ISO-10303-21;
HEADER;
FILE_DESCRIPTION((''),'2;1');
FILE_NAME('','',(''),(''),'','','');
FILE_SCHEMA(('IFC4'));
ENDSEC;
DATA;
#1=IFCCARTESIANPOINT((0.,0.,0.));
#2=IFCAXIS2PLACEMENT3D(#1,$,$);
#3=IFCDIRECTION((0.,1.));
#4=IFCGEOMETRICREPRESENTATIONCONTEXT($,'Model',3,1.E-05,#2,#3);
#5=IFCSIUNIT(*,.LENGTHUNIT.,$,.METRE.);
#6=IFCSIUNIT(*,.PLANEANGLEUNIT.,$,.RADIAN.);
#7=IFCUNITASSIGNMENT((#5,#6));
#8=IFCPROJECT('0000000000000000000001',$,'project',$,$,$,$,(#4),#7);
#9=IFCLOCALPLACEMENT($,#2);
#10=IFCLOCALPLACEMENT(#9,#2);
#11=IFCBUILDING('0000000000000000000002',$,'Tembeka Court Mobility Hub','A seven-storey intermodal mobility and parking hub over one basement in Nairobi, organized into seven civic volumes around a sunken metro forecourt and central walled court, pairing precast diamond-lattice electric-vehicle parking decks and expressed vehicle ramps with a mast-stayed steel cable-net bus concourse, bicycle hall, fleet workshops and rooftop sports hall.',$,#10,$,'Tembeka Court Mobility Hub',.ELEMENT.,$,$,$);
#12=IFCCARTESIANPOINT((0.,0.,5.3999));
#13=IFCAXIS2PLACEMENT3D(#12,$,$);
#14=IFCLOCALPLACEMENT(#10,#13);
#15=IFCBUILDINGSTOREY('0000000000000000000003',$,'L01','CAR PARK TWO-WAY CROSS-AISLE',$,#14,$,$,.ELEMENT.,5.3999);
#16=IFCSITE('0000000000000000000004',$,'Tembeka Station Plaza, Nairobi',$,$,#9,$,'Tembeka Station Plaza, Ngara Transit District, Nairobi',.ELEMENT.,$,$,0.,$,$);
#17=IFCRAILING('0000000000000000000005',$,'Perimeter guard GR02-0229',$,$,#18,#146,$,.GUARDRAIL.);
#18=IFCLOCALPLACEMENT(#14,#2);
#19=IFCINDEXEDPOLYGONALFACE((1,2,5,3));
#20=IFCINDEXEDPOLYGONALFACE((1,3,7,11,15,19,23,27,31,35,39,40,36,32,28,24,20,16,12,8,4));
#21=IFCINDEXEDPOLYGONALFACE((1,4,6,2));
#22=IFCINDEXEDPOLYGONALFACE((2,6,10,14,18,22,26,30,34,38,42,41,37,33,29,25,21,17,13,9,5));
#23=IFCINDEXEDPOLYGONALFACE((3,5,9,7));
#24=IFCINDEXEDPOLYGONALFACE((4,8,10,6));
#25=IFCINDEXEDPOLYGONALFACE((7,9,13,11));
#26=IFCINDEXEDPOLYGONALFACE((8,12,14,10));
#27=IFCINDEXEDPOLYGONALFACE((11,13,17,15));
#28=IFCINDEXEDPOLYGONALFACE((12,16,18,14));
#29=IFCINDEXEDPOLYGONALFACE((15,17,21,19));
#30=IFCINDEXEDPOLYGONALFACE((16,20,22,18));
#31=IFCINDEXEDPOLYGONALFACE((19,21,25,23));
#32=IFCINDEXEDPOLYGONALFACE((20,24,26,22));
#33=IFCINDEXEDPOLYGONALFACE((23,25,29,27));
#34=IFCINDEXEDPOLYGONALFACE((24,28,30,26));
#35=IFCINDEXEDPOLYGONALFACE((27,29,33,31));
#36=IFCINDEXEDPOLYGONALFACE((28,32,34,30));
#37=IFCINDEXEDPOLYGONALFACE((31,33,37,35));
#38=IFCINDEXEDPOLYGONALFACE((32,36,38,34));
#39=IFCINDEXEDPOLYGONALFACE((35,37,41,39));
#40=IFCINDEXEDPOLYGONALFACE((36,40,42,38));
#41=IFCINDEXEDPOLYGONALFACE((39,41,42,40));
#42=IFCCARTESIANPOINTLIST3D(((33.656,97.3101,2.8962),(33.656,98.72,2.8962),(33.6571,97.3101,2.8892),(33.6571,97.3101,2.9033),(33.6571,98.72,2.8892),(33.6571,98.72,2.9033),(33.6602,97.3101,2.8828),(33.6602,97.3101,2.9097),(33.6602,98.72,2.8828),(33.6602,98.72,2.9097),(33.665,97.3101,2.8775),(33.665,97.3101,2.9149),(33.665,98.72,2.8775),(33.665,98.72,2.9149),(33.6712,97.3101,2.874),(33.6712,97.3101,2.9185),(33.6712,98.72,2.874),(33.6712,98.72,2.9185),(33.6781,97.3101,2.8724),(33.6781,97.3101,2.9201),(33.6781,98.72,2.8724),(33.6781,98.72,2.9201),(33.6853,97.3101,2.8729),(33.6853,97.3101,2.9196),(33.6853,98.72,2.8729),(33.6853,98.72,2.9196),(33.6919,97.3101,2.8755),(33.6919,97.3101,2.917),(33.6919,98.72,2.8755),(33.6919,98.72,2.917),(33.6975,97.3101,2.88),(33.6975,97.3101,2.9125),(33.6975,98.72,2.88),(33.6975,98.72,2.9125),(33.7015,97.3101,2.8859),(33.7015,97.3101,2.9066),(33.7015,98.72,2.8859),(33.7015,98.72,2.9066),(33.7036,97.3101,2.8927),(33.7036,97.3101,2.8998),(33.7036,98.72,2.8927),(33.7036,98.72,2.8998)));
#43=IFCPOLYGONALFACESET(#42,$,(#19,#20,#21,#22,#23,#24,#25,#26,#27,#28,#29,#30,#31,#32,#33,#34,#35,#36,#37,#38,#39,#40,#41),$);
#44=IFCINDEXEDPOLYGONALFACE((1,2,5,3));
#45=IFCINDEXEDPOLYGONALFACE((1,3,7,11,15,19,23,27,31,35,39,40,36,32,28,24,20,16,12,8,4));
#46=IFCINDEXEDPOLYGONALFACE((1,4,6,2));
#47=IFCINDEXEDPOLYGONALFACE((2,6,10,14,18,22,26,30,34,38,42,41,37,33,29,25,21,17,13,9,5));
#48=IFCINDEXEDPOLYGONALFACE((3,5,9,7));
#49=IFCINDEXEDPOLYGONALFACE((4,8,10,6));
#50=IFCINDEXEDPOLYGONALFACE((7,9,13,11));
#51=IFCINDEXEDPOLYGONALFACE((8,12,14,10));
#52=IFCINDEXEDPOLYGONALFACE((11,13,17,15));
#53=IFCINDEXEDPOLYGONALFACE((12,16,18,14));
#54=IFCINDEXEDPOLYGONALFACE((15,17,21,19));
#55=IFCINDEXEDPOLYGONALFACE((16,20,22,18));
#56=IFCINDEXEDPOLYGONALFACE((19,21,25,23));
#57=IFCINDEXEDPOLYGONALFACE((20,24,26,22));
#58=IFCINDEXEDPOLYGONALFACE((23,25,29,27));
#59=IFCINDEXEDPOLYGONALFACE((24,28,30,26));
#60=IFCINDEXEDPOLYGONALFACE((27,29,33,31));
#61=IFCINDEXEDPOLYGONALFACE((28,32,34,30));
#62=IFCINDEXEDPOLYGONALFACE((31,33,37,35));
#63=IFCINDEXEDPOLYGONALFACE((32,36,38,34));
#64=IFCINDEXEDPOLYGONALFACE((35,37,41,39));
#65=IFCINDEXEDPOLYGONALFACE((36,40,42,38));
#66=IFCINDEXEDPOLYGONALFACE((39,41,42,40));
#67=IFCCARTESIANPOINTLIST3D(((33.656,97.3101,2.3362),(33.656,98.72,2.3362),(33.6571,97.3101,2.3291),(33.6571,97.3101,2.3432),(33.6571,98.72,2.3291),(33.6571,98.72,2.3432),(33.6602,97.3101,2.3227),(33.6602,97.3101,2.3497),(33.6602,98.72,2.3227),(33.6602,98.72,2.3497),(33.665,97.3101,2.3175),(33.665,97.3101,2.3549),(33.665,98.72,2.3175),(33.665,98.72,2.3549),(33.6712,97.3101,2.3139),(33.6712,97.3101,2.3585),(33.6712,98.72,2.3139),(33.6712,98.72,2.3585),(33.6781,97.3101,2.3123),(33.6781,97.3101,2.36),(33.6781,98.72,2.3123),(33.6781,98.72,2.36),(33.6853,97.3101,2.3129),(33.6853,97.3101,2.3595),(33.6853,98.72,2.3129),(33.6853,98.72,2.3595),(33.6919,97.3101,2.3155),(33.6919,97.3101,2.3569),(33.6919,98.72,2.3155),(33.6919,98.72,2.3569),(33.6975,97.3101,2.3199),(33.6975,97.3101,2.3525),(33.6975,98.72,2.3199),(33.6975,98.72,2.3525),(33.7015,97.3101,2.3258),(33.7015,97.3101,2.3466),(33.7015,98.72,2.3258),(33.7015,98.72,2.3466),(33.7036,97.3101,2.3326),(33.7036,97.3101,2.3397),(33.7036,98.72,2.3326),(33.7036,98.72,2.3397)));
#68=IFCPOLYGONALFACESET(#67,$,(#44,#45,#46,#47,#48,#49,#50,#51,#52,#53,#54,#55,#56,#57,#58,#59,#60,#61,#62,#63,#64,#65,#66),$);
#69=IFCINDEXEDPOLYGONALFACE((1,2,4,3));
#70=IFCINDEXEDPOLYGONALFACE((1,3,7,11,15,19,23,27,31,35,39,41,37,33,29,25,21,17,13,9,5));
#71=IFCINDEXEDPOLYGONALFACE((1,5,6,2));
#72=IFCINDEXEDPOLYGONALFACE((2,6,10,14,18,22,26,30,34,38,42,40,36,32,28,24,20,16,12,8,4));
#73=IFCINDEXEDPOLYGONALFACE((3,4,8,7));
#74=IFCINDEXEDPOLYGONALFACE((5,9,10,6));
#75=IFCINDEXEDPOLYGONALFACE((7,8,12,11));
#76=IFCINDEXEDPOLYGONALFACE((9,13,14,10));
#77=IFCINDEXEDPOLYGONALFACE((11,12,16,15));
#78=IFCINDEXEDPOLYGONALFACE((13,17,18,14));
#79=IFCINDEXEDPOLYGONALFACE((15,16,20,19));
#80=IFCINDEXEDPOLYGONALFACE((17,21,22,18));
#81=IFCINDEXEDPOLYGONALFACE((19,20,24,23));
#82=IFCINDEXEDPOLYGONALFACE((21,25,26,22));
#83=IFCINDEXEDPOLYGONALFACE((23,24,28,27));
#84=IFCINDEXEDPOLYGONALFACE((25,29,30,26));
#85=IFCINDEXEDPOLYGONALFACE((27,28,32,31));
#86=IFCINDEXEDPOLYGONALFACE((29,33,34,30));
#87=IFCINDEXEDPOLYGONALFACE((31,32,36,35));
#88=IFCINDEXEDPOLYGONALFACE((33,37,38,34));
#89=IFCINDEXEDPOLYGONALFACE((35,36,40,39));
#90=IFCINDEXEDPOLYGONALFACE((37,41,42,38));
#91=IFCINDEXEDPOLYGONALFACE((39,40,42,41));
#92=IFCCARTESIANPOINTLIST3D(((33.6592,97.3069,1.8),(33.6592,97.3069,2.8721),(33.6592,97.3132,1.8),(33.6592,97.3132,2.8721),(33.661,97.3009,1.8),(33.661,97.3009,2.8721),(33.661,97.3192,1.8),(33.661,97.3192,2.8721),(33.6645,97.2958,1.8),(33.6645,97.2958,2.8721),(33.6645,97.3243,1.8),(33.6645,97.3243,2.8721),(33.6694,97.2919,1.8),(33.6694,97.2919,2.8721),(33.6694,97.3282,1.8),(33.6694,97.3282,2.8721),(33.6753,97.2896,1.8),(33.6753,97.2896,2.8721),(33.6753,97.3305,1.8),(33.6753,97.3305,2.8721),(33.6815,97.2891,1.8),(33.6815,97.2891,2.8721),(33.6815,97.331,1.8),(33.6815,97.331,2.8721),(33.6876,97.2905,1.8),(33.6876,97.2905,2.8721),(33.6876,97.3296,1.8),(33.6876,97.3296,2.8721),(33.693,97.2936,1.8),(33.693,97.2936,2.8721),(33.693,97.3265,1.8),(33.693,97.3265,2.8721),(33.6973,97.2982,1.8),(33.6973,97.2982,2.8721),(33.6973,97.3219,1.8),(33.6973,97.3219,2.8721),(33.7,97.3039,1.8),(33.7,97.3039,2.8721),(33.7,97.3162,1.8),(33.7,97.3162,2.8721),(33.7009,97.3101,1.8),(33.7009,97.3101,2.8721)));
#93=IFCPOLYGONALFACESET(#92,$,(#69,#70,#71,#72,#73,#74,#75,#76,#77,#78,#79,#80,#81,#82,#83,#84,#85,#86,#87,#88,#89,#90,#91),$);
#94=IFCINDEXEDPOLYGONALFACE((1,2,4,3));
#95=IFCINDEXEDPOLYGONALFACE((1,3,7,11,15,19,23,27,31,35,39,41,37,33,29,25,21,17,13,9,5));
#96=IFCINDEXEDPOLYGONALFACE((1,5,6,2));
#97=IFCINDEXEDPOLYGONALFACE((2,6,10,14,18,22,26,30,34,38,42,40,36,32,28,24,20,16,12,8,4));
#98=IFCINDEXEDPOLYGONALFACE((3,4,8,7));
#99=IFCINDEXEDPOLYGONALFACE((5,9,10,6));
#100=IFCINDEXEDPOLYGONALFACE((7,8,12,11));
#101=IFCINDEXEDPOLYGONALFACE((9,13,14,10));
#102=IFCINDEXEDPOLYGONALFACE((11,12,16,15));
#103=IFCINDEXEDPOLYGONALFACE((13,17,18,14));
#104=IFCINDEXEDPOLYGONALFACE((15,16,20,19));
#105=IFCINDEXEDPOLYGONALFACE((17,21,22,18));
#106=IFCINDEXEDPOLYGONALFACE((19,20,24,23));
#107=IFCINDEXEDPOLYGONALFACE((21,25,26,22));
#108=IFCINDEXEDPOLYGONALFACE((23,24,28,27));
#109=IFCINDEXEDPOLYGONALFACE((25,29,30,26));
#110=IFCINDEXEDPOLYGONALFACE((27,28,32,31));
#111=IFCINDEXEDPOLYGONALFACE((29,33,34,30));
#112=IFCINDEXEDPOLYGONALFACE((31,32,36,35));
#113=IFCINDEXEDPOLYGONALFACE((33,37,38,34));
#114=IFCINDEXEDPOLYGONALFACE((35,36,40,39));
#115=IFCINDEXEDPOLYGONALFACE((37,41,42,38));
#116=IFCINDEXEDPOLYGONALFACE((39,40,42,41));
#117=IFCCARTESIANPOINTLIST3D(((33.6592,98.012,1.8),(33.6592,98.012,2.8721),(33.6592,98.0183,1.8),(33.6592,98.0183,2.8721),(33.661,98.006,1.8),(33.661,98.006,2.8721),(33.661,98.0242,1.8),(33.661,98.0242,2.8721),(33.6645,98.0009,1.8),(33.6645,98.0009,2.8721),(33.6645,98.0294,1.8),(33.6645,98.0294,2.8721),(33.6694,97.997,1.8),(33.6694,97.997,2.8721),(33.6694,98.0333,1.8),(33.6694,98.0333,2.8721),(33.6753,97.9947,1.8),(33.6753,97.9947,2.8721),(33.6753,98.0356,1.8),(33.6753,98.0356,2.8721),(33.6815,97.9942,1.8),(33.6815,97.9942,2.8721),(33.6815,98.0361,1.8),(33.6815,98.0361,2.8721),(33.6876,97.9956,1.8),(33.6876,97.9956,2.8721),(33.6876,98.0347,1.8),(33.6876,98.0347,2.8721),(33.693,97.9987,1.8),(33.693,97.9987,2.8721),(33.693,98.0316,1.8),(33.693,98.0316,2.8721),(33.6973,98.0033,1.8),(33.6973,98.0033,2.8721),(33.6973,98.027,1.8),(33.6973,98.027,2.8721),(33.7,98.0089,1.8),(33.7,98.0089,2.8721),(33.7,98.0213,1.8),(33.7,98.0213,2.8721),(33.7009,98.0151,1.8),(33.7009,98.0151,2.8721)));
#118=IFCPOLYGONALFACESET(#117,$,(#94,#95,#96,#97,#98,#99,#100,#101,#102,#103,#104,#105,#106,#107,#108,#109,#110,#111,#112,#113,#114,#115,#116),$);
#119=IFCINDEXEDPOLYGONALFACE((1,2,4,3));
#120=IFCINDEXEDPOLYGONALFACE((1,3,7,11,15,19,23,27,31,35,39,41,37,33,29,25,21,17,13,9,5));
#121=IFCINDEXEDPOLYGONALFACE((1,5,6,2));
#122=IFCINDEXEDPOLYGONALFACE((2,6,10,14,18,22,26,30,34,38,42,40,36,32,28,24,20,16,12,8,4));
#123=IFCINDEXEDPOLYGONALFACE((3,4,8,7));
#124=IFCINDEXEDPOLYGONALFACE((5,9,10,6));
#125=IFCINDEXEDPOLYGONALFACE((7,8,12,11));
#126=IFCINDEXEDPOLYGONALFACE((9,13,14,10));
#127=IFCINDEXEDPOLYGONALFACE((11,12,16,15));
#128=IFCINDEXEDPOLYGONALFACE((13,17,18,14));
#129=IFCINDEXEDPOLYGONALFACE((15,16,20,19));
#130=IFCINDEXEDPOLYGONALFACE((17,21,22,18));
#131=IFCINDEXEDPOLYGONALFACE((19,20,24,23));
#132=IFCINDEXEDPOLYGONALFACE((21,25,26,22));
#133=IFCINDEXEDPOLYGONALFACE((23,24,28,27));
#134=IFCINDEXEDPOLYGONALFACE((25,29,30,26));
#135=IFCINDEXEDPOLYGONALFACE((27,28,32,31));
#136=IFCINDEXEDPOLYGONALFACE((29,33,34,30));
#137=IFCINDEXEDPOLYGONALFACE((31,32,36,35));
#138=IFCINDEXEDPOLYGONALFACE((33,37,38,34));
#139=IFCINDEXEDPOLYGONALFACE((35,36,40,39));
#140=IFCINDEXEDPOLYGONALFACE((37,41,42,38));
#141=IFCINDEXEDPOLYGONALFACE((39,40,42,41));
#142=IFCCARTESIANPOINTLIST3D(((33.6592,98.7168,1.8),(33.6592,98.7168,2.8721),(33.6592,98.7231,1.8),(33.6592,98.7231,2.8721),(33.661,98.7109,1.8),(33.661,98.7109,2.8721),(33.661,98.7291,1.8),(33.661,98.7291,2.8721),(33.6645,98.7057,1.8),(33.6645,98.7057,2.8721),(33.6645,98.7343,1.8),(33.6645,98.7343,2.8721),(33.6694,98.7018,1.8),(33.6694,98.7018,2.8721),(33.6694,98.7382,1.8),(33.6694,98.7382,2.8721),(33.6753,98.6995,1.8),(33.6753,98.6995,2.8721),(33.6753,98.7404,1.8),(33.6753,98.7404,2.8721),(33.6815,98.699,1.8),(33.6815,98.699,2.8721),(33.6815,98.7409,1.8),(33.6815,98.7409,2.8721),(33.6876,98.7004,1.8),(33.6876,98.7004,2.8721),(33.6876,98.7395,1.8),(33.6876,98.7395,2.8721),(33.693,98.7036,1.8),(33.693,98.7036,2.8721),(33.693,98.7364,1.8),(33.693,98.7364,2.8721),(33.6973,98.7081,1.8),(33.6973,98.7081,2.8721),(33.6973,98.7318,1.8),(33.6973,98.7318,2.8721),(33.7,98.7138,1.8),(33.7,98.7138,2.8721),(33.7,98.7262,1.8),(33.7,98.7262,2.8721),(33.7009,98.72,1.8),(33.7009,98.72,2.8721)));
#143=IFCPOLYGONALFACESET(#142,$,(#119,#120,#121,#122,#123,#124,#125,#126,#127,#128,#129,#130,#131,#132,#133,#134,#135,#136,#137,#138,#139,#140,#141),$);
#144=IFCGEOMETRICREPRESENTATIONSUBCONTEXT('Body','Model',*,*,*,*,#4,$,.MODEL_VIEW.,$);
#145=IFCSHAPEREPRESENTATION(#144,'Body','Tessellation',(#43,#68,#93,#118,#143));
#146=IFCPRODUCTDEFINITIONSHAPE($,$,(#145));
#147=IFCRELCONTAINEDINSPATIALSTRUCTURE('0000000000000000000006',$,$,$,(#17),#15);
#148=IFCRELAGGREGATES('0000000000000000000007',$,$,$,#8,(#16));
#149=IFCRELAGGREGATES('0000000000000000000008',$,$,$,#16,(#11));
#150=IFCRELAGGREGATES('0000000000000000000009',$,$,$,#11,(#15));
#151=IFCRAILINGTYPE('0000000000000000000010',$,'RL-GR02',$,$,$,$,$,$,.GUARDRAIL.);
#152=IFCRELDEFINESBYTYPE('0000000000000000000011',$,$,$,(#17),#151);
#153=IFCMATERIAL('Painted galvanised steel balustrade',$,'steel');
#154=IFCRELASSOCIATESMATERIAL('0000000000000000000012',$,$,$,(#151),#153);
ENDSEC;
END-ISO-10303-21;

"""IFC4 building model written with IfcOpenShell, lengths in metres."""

from ifc_helpers import new_model, si_unit, direction, frame, origin, origin_2d, place, context, subcontext, project, spatial, circle, extrude, material, type_object, element, save


model = new_model("IFC4")

# Units and contexts
model_context = context("Model", 3, precision=1e-05, world=origin(), true_north=direction((0.0, 1.0)))
body_context = subcontext(model_context, "Body", "Model", "MODEL_VIEW")
ifc_project = project(units=[si_unit("LENGTHUNIT", "METRE"), si_unit("PLANEANGLEUNIT", "RADIAN")], contexts=[model_context])

# Site, building, storey
site_placement = place(None, origin())
site = spatial("IfcSite", under=ifc_project, at=site_placement, Name="Tembeka Station Plaza, Nairobi", LongName="Tembeka Station Plaza, Ngara Transit District, Nairobi", CompositionType="ELEMENT", RefElevation=0.0)
building_placement = place(site_placement, origin())
building = spatial("IfcBuilding", under=site, at=building_placement, Name="Tembeka Court Mobility Hub", Description="A seven-storey intermodal mobility and parking hub over one basement in Nairobi, organized into seven civic volumes around a sunken metro forecourt and central walled court, pairing precast diamond-lattice electric-vehicle parking decks and expressed vehicle ramps with a mast-stayed steel cable-net bus concourse, bicycle hall, fleet workshops and rooftop sports hall.", LongName="Tembeka Court Mobility Hub", CompositionType="ELEMENT")
storey_placement = place(building_placement, frame((0.0, 0.0, 5.3999)))
storey = spatial("IfcBuildingStorey", under=building, at=storey_placement, Name="L01", Description="CAR PARK TWO-WAY CROSS-AISLE", CompositionType="ELEMENT", Elevation=5.3999)

# Railing
ifc_material_1 = material(Name="Painted galvanised steel balustrade", Category="steel")
railing_type = type_object("IfcRailingType", Name="RL-GR02", PredefinedType="GUARDRAIL", material=ifc_material_1)
railing_1_placement = place(storey_placement, frame((33.6799, 97.3101, 1.8)))
element("IfcRailing", 1, at=railing_1_placement, inside=storey, type_object=railing_type, Name="Perimeter guard GR02-0229", PredefinedType="GUARDRAIL", context=body_context, shape_type="SweptSolid", body=[
    extrude(circle(Radius=0.0239, at=origin_2d()), frame((0.0, 0.0, 1.0962), z_axis=(0.0, 1.0, 0.0), x_axis=(-1.0, 0.0, 0.0)), (0.0, 0.0, 1.0), 1.4099),
    extrude(circle(Radius=0.0239, at=origin_2d()), frame((0.0, 0.0, 0.5361), z_axis=(0.0, 1.0, 0.0), x_axis=(-1.0, 0.0, 0.0)), (0.0, 0.0, 1.0), 1.4099),
    extrude(circle(Radius=0.021, at=origin_2d()), origin(), (0.0, 0.0, 1.0), 1.072),
    extrude(circle(Radius=0.021, at=origin_2d()), frame((0.0, 0.7051, 0.0)), (0.0, 0.0, 1.0), 1.072),
    extrude(circle(Radius=0.021, at=origin_2d()), frame((0.0, 1.4099, 0.0)), (0.0, 0.0, 1.0), 1.072),
])

save(model, "model.ifc")
